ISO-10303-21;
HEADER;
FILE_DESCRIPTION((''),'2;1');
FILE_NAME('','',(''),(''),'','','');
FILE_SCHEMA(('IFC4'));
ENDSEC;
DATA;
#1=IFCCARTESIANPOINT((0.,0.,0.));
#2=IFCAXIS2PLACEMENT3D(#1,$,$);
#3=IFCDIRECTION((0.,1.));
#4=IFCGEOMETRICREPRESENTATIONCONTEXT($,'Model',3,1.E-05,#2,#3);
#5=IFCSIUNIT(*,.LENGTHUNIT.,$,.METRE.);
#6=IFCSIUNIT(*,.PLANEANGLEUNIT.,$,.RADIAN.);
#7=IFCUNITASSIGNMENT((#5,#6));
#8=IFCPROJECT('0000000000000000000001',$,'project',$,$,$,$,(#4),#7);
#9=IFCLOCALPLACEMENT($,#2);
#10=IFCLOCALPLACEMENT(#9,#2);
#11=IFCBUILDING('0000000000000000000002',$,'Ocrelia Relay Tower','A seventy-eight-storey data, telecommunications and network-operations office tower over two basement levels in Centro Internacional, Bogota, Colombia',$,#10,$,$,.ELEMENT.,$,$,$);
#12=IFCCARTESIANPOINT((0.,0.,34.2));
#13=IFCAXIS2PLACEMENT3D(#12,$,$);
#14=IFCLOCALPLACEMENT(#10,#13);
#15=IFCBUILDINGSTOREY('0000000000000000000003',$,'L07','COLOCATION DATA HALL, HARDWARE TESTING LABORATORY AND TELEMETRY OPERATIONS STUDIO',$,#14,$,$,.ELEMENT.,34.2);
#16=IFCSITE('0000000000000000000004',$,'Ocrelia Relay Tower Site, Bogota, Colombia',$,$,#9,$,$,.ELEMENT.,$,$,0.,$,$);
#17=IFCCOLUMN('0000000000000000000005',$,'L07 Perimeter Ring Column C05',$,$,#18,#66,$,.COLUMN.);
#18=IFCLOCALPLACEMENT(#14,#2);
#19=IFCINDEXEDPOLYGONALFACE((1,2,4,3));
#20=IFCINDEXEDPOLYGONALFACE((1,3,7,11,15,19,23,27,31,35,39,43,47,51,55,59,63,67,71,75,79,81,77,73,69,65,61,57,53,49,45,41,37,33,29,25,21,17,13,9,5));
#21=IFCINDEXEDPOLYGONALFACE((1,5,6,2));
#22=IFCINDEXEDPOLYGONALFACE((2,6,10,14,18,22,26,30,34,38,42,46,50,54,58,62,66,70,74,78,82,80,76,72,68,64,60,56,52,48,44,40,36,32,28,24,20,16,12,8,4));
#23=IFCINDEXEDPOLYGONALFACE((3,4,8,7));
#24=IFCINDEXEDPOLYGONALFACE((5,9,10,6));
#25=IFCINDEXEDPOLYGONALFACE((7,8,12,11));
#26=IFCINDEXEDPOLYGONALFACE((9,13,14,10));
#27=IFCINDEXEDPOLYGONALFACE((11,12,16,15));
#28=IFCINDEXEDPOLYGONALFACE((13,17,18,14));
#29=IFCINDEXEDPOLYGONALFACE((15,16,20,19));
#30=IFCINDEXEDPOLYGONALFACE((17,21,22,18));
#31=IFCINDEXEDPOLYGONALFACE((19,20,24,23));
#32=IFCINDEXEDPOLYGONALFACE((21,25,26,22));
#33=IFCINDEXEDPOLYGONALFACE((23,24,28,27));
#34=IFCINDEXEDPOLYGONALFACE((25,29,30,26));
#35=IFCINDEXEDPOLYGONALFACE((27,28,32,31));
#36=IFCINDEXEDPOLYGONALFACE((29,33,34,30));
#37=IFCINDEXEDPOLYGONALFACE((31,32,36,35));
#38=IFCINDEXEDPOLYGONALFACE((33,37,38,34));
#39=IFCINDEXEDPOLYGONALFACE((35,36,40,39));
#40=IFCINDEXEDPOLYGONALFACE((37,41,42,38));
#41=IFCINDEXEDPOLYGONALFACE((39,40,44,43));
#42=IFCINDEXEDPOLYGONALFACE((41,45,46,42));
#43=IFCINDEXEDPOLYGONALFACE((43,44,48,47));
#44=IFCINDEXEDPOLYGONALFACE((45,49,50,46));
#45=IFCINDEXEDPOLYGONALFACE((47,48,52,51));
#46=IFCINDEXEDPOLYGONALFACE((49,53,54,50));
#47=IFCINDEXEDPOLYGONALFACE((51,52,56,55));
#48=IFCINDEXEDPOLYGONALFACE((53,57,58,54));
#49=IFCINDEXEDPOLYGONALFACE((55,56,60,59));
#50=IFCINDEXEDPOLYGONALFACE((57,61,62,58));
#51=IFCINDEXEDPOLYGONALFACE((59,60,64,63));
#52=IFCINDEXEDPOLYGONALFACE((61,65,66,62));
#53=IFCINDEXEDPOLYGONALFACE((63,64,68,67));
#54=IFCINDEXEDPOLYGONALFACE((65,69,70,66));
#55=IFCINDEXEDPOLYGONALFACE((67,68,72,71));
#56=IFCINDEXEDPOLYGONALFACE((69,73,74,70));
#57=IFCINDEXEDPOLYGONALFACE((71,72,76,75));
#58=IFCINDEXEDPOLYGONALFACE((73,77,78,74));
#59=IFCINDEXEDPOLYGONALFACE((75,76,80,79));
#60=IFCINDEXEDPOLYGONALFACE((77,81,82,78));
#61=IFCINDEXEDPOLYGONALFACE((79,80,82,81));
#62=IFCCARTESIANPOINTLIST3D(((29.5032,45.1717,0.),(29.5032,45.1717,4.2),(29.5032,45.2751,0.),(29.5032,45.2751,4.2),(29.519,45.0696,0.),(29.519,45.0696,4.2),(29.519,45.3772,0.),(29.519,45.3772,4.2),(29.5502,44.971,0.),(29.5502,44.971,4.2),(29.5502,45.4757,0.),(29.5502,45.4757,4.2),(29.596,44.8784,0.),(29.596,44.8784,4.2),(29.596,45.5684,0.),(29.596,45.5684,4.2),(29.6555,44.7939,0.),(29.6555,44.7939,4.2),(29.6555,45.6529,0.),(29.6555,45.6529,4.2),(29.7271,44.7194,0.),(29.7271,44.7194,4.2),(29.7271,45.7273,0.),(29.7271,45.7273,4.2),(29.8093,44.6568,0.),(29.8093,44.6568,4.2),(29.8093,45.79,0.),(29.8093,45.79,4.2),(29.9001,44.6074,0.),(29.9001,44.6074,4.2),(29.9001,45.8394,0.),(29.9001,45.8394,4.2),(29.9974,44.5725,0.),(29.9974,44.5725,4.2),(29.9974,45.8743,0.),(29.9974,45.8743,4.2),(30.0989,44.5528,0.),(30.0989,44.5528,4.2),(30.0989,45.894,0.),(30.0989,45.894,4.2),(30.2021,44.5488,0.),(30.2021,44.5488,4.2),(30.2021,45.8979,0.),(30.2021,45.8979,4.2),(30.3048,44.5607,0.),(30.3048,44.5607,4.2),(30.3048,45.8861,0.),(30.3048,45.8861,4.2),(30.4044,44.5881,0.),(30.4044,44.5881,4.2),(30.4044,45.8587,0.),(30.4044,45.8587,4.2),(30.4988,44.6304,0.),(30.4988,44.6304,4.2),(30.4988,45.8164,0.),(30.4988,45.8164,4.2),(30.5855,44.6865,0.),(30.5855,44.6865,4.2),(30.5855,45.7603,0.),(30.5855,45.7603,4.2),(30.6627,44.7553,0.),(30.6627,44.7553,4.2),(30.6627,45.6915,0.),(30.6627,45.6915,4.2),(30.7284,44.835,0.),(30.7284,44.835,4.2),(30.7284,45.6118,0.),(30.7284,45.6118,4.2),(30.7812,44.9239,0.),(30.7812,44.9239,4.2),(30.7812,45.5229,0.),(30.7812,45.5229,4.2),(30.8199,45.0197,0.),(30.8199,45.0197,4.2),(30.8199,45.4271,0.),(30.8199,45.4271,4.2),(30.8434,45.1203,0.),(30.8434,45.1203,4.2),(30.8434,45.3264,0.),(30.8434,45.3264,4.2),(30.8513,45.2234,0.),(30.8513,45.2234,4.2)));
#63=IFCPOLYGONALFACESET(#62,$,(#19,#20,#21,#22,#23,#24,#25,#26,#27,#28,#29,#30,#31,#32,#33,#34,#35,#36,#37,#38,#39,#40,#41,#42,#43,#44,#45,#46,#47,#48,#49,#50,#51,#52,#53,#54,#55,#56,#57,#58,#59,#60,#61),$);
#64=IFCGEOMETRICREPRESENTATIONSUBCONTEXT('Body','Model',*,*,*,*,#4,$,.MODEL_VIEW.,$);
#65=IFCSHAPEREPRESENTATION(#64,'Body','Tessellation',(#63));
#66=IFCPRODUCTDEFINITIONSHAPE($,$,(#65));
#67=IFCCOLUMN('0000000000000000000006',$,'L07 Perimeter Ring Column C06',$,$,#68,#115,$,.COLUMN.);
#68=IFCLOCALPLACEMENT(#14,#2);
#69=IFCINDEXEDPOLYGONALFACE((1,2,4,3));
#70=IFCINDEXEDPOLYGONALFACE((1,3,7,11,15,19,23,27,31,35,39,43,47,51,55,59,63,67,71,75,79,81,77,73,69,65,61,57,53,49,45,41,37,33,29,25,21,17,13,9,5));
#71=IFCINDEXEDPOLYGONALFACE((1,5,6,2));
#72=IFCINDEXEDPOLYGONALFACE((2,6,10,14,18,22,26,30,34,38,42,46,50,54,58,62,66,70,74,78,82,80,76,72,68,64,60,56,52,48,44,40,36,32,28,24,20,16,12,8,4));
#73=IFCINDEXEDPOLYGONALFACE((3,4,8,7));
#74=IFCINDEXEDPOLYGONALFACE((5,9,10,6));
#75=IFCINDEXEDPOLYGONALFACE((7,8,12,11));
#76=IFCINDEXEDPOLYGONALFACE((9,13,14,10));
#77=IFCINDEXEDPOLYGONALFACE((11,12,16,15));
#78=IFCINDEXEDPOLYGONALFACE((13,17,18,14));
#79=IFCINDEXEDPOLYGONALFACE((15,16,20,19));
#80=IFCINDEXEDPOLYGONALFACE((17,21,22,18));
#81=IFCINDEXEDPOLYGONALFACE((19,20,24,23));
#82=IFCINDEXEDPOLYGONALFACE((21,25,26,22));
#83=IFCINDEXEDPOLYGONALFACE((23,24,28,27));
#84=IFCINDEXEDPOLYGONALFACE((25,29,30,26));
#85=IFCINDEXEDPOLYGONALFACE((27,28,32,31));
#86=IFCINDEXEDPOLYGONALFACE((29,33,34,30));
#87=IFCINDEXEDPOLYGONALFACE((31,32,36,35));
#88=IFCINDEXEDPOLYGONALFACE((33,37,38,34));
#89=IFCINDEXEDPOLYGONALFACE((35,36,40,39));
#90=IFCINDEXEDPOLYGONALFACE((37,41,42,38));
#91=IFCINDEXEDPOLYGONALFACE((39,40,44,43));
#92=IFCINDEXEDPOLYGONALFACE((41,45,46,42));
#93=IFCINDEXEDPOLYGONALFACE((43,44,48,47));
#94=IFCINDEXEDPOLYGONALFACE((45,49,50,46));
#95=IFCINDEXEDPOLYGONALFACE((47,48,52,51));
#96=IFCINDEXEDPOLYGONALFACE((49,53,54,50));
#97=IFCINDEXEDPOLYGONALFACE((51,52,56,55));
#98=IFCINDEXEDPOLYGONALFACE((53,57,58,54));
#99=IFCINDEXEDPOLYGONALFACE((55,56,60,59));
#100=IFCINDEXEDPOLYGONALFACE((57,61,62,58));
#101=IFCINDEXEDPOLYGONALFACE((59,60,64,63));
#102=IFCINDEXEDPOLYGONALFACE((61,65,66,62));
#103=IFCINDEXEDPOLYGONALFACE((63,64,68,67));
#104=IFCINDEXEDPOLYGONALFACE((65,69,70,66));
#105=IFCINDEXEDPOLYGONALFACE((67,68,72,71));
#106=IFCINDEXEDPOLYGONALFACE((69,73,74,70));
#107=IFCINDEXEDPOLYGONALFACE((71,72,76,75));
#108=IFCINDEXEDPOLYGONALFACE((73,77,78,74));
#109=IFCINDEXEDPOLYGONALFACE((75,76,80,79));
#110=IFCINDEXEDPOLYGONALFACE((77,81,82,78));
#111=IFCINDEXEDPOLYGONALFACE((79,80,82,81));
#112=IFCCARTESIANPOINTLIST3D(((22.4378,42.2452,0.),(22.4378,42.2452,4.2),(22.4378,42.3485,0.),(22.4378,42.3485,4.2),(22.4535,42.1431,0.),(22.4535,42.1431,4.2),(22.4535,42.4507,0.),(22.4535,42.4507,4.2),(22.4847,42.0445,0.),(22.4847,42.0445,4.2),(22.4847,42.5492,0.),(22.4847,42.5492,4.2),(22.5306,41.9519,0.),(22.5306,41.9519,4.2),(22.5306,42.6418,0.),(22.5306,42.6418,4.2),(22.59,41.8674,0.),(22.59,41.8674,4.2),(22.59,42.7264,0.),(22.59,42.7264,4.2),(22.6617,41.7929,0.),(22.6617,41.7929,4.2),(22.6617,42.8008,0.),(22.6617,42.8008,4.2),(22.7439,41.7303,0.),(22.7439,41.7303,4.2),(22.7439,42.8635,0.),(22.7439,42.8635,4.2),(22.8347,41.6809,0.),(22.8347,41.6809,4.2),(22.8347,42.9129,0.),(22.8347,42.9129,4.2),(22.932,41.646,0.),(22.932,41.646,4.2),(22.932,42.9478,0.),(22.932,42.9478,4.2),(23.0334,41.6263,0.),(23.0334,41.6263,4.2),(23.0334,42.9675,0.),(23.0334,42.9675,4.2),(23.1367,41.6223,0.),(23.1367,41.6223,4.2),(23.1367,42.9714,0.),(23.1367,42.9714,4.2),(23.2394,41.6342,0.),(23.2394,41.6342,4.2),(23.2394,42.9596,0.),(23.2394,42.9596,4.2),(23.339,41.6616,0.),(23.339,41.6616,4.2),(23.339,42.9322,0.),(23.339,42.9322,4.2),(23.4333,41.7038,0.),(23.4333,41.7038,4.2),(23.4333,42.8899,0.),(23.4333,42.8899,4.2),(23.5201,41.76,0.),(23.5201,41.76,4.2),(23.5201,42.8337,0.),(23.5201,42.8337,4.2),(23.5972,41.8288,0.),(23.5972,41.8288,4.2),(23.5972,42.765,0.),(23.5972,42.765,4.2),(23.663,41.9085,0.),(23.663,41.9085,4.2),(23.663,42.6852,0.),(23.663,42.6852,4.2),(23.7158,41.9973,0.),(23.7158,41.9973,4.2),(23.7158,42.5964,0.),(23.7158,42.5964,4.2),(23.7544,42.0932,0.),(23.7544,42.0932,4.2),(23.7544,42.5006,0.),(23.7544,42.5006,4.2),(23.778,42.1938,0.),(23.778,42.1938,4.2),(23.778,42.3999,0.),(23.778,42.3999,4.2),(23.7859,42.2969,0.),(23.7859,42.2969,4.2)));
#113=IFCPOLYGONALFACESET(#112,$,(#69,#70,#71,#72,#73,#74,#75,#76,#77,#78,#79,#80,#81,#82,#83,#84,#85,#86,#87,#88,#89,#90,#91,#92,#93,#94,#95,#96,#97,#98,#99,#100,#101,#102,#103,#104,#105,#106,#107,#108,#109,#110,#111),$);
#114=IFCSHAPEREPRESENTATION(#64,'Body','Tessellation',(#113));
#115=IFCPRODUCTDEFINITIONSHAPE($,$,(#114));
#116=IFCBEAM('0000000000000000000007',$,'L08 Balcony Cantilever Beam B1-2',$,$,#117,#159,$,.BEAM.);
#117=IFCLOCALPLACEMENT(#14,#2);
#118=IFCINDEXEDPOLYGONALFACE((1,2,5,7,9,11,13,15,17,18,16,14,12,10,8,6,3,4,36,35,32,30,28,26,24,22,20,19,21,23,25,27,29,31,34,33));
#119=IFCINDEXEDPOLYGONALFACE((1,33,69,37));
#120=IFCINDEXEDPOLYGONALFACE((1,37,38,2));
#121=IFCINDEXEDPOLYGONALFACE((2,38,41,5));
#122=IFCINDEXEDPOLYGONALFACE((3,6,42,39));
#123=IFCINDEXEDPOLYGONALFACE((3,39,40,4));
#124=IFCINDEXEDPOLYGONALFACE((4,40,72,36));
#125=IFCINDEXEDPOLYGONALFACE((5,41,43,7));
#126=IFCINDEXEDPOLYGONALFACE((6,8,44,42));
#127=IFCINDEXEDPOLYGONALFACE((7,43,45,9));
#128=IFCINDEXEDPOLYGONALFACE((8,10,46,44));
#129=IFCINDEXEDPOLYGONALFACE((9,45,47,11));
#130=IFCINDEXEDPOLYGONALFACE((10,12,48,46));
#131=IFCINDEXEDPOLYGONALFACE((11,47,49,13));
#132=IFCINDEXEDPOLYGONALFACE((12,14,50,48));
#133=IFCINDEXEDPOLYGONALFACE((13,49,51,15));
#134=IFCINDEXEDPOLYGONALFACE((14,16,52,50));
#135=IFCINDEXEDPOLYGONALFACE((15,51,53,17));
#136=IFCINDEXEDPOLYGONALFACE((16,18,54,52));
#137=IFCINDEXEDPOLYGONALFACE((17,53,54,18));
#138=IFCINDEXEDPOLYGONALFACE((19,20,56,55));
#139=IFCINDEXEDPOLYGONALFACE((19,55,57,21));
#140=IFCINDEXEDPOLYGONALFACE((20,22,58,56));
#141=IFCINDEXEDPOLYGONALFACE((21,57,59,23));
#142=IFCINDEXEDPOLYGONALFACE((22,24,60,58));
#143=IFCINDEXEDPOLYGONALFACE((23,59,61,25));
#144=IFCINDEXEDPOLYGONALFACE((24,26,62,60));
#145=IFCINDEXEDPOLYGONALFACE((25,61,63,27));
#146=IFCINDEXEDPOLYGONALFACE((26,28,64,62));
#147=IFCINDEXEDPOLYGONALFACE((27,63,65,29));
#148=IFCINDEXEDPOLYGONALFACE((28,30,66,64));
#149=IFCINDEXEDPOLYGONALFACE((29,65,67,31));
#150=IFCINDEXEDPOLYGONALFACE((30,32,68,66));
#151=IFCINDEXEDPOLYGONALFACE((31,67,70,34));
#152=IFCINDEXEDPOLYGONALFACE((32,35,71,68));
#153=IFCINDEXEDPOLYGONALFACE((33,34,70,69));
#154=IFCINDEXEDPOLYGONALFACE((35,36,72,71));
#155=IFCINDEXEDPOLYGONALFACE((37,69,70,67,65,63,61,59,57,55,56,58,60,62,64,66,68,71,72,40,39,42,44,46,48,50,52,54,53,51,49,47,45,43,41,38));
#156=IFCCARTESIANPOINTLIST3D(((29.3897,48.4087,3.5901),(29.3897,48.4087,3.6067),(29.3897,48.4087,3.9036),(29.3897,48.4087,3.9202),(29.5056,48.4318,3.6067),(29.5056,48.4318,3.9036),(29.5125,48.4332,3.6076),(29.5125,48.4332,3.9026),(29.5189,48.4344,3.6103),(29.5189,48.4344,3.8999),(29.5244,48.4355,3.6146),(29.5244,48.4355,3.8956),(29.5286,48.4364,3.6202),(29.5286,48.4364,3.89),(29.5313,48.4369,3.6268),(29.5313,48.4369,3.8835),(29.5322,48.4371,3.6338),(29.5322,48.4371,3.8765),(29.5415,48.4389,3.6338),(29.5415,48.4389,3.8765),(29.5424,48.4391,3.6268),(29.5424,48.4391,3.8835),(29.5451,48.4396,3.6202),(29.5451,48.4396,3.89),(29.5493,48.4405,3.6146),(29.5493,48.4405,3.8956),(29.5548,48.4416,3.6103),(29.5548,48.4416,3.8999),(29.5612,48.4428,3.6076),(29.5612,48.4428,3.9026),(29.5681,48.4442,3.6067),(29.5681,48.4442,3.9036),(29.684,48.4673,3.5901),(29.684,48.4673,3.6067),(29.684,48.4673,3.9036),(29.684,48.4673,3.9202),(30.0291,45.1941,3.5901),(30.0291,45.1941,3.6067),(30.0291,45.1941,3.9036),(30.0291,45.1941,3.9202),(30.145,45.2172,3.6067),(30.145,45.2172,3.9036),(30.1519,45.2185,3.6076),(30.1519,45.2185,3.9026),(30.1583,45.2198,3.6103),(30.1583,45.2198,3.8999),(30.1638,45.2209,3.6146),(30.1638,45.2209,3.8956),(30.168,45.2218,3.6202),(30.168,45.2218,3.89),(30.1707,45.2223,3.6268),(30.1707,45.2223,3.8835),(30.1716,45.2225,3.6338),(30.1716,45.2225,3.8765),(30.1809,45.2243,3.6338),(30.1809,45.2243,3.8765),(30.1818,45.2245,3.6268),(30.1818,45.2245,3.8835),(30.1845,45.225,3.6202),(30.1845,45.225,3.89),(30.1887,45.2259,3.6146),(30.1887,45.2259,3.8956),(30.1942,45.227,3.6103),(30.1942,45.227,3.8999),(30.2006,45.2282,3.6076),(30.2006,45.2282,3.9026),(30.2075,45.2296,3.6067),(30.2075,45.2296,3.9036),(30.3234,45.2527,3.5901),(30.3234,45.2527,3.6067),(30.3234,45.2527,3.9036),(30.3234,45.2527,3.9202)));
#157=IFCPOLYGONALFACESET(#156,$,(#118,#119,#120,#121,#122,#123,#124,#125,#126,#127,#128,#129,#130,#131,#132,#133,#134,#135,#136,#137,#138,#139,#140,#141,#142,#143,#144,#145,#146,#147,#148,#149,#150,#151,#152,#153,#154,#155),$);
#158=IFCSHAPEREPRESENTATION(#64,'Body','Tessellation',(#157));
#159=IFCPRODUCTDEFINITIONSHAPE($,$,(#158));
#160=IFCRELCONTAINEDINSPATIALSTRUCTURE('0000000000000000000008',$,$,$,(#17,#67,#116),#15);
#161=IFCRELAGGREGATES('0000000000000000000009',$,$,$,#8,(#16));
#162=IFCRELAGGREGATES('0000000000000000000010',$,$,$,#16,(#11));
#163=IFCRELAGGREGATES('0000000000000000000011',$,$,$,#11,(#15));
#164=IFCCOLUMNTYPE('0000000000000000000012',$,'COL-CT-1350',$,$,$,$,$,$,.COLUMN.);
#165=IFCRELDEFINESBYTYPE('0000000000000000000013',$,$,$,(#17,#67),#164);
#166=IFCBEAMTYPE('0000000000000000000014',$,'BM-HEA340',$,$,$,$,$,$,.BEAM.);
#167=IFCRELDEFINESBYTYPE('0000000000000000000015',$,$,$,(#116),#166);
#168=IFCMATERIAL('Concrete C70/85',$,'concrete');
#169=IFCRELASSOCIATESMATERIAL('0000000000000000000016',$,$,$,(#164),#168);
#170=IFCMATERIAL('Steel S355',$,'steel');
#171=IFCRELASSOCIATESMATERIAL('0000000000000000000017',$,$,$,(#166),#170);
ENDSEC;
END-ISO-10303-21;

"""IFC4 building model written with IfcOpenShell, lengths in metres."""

from ifc_helpers import new_model, si_unit, direction, frame, origin, origin_2d, place, context, subcontext, project, spatial, circle, i_section, extrude, material, material_profile, profile_set, type_object, element, save


model = new_model("IFC4")

# Units and contexts
model_context = context("Model", 3, precision=1e-05, world=origin(), true_north=direction((0.0, 1.0)))
body_context = subcontext(model_context, "Body", "Model", "MODEL_VIEW")
ifc_project = project(units=[si_unit("LENGTHUNIT", "METRE"), si_unit("PLANEANGLEUNIT", "RADIAN")], contexts=[model_context])

# Site, building, storey
site_placement = place(None, origin())
site = spatial("IfcSite", under=ifc_project, at=site_placement, Name="Ocrelia Relay Tower Site, Bogota, Colombia", CompositionType="ELEMENT", RefElevation=0.0)
building_placement = place(site_placement, origin())
building = spatial("IfcBuilding", under=site, at=building_placement, Name="Ocrelia Relay Tower", Description="A seventy-eight-storey data, telecommunications and network-operations office tower over two basement levels in Centro Internacional, Bogota, Colombia", CompositionType="ELEMENT")
storey_placement = place(building_placement, frame((0.0, 0.0, 34.2)))
storey = spatial("IfcBuildingStorey", under=building, at=storey_placement, Name="L07", Description="COLOCATION DATA HALL, HARDWARE TESTING LABORATORY AND TELEMETRY OPERATIONS STUDIO", CompositionType="ELEMENT", Elevation=34.2)

# Columns
ifc_material_1 = material(Name="Concrete C70/85", Category="concrete")
ifc_material_profile_1 = material_profile(ifc_material_1, circle(Radius=0.675, at=origin_2d()), Name="RC-CIR-1350")
ifc_profile_set_1 = profile_set([ifc_material_profile_1], Name="Concrete C70/85")
column_type = type_object("IfcColumnType", Name="COL-CT-1350", PredefinedType="COLUMN", material=ifc_profile_set_1)
for number, where, z_axis, x_axis, name in (
    (1, (30.1763, 45.2234, 0.0), (0.0, 0.0, 1.0), (1.0, 0.0, 0.0), "L07 Perimeter Ring Column C05"),
    (2, (23.1108, 42.2969, 0.0), (0.0, 0.0, 1.0), (1.0, 0.0, 0.0), "L07 Perimeter Ring Column C06"),
):
    element("IfcColumn", number, at=place(storey_placement, frame(where, z_axis=z_axis, x_axis=x_axis)), inside=storey, type_object=column_type, Name=name, PredefinedType="COLUMN", context=body_context, shape_type="SweptSolid", body=[
        extrude(circle(Radius=0.675, at=origin_2d()), origin(), (0.0, 0.0, 1.0), 4.2),
    ])

# Beam
ifc_material_2 = material(Name="Steel S355", Category="steel")
ifc_material_profile_2 = material_profile(ifc_material_2, i_section(OverallWidth=0.3, OverallDepth=0.3301, WebThickness=0.0095, FlangeThickness=0.0166, FilletRadius=0.0271, at=origin_2d()), Name="HEA 340")
ifc_profile_set_2 = profile_set([ifc_material_profile_2], Name="Steel S355")
beam_type_1 = type_object("IfcBeamType", Name="BM-HEA340", PredefinedType="BEAM", material=ifc_profile_set_2)
beam_1_placement = place(storey_placement, frame((30.1763, 45.2234, 3.7551), z_axis=(-0.195085, 0.980786, 0.0), x_axis=(-0.980786, -0.195085, 0.0)))
element("IfcBeam", 3, at=beam_1_placement, inside=storey, type_object=beam_type_1, Name="L08 Balcony Cantilever Beam B1-2", PredefinedType="BEAM", context=body_context, shape_type="SweptSolid", body=[
    extrude(i_section(OverallWidth=0.3, OverallDepth=0.3301, WebThickness=0.0095, FlangeThickness=0.0166, FilletRadius=0.0271, at=origin_2d()), origin(), (0.0, 0.0, 1.0), 3.2776),
])

save(model, "model.ifc")
